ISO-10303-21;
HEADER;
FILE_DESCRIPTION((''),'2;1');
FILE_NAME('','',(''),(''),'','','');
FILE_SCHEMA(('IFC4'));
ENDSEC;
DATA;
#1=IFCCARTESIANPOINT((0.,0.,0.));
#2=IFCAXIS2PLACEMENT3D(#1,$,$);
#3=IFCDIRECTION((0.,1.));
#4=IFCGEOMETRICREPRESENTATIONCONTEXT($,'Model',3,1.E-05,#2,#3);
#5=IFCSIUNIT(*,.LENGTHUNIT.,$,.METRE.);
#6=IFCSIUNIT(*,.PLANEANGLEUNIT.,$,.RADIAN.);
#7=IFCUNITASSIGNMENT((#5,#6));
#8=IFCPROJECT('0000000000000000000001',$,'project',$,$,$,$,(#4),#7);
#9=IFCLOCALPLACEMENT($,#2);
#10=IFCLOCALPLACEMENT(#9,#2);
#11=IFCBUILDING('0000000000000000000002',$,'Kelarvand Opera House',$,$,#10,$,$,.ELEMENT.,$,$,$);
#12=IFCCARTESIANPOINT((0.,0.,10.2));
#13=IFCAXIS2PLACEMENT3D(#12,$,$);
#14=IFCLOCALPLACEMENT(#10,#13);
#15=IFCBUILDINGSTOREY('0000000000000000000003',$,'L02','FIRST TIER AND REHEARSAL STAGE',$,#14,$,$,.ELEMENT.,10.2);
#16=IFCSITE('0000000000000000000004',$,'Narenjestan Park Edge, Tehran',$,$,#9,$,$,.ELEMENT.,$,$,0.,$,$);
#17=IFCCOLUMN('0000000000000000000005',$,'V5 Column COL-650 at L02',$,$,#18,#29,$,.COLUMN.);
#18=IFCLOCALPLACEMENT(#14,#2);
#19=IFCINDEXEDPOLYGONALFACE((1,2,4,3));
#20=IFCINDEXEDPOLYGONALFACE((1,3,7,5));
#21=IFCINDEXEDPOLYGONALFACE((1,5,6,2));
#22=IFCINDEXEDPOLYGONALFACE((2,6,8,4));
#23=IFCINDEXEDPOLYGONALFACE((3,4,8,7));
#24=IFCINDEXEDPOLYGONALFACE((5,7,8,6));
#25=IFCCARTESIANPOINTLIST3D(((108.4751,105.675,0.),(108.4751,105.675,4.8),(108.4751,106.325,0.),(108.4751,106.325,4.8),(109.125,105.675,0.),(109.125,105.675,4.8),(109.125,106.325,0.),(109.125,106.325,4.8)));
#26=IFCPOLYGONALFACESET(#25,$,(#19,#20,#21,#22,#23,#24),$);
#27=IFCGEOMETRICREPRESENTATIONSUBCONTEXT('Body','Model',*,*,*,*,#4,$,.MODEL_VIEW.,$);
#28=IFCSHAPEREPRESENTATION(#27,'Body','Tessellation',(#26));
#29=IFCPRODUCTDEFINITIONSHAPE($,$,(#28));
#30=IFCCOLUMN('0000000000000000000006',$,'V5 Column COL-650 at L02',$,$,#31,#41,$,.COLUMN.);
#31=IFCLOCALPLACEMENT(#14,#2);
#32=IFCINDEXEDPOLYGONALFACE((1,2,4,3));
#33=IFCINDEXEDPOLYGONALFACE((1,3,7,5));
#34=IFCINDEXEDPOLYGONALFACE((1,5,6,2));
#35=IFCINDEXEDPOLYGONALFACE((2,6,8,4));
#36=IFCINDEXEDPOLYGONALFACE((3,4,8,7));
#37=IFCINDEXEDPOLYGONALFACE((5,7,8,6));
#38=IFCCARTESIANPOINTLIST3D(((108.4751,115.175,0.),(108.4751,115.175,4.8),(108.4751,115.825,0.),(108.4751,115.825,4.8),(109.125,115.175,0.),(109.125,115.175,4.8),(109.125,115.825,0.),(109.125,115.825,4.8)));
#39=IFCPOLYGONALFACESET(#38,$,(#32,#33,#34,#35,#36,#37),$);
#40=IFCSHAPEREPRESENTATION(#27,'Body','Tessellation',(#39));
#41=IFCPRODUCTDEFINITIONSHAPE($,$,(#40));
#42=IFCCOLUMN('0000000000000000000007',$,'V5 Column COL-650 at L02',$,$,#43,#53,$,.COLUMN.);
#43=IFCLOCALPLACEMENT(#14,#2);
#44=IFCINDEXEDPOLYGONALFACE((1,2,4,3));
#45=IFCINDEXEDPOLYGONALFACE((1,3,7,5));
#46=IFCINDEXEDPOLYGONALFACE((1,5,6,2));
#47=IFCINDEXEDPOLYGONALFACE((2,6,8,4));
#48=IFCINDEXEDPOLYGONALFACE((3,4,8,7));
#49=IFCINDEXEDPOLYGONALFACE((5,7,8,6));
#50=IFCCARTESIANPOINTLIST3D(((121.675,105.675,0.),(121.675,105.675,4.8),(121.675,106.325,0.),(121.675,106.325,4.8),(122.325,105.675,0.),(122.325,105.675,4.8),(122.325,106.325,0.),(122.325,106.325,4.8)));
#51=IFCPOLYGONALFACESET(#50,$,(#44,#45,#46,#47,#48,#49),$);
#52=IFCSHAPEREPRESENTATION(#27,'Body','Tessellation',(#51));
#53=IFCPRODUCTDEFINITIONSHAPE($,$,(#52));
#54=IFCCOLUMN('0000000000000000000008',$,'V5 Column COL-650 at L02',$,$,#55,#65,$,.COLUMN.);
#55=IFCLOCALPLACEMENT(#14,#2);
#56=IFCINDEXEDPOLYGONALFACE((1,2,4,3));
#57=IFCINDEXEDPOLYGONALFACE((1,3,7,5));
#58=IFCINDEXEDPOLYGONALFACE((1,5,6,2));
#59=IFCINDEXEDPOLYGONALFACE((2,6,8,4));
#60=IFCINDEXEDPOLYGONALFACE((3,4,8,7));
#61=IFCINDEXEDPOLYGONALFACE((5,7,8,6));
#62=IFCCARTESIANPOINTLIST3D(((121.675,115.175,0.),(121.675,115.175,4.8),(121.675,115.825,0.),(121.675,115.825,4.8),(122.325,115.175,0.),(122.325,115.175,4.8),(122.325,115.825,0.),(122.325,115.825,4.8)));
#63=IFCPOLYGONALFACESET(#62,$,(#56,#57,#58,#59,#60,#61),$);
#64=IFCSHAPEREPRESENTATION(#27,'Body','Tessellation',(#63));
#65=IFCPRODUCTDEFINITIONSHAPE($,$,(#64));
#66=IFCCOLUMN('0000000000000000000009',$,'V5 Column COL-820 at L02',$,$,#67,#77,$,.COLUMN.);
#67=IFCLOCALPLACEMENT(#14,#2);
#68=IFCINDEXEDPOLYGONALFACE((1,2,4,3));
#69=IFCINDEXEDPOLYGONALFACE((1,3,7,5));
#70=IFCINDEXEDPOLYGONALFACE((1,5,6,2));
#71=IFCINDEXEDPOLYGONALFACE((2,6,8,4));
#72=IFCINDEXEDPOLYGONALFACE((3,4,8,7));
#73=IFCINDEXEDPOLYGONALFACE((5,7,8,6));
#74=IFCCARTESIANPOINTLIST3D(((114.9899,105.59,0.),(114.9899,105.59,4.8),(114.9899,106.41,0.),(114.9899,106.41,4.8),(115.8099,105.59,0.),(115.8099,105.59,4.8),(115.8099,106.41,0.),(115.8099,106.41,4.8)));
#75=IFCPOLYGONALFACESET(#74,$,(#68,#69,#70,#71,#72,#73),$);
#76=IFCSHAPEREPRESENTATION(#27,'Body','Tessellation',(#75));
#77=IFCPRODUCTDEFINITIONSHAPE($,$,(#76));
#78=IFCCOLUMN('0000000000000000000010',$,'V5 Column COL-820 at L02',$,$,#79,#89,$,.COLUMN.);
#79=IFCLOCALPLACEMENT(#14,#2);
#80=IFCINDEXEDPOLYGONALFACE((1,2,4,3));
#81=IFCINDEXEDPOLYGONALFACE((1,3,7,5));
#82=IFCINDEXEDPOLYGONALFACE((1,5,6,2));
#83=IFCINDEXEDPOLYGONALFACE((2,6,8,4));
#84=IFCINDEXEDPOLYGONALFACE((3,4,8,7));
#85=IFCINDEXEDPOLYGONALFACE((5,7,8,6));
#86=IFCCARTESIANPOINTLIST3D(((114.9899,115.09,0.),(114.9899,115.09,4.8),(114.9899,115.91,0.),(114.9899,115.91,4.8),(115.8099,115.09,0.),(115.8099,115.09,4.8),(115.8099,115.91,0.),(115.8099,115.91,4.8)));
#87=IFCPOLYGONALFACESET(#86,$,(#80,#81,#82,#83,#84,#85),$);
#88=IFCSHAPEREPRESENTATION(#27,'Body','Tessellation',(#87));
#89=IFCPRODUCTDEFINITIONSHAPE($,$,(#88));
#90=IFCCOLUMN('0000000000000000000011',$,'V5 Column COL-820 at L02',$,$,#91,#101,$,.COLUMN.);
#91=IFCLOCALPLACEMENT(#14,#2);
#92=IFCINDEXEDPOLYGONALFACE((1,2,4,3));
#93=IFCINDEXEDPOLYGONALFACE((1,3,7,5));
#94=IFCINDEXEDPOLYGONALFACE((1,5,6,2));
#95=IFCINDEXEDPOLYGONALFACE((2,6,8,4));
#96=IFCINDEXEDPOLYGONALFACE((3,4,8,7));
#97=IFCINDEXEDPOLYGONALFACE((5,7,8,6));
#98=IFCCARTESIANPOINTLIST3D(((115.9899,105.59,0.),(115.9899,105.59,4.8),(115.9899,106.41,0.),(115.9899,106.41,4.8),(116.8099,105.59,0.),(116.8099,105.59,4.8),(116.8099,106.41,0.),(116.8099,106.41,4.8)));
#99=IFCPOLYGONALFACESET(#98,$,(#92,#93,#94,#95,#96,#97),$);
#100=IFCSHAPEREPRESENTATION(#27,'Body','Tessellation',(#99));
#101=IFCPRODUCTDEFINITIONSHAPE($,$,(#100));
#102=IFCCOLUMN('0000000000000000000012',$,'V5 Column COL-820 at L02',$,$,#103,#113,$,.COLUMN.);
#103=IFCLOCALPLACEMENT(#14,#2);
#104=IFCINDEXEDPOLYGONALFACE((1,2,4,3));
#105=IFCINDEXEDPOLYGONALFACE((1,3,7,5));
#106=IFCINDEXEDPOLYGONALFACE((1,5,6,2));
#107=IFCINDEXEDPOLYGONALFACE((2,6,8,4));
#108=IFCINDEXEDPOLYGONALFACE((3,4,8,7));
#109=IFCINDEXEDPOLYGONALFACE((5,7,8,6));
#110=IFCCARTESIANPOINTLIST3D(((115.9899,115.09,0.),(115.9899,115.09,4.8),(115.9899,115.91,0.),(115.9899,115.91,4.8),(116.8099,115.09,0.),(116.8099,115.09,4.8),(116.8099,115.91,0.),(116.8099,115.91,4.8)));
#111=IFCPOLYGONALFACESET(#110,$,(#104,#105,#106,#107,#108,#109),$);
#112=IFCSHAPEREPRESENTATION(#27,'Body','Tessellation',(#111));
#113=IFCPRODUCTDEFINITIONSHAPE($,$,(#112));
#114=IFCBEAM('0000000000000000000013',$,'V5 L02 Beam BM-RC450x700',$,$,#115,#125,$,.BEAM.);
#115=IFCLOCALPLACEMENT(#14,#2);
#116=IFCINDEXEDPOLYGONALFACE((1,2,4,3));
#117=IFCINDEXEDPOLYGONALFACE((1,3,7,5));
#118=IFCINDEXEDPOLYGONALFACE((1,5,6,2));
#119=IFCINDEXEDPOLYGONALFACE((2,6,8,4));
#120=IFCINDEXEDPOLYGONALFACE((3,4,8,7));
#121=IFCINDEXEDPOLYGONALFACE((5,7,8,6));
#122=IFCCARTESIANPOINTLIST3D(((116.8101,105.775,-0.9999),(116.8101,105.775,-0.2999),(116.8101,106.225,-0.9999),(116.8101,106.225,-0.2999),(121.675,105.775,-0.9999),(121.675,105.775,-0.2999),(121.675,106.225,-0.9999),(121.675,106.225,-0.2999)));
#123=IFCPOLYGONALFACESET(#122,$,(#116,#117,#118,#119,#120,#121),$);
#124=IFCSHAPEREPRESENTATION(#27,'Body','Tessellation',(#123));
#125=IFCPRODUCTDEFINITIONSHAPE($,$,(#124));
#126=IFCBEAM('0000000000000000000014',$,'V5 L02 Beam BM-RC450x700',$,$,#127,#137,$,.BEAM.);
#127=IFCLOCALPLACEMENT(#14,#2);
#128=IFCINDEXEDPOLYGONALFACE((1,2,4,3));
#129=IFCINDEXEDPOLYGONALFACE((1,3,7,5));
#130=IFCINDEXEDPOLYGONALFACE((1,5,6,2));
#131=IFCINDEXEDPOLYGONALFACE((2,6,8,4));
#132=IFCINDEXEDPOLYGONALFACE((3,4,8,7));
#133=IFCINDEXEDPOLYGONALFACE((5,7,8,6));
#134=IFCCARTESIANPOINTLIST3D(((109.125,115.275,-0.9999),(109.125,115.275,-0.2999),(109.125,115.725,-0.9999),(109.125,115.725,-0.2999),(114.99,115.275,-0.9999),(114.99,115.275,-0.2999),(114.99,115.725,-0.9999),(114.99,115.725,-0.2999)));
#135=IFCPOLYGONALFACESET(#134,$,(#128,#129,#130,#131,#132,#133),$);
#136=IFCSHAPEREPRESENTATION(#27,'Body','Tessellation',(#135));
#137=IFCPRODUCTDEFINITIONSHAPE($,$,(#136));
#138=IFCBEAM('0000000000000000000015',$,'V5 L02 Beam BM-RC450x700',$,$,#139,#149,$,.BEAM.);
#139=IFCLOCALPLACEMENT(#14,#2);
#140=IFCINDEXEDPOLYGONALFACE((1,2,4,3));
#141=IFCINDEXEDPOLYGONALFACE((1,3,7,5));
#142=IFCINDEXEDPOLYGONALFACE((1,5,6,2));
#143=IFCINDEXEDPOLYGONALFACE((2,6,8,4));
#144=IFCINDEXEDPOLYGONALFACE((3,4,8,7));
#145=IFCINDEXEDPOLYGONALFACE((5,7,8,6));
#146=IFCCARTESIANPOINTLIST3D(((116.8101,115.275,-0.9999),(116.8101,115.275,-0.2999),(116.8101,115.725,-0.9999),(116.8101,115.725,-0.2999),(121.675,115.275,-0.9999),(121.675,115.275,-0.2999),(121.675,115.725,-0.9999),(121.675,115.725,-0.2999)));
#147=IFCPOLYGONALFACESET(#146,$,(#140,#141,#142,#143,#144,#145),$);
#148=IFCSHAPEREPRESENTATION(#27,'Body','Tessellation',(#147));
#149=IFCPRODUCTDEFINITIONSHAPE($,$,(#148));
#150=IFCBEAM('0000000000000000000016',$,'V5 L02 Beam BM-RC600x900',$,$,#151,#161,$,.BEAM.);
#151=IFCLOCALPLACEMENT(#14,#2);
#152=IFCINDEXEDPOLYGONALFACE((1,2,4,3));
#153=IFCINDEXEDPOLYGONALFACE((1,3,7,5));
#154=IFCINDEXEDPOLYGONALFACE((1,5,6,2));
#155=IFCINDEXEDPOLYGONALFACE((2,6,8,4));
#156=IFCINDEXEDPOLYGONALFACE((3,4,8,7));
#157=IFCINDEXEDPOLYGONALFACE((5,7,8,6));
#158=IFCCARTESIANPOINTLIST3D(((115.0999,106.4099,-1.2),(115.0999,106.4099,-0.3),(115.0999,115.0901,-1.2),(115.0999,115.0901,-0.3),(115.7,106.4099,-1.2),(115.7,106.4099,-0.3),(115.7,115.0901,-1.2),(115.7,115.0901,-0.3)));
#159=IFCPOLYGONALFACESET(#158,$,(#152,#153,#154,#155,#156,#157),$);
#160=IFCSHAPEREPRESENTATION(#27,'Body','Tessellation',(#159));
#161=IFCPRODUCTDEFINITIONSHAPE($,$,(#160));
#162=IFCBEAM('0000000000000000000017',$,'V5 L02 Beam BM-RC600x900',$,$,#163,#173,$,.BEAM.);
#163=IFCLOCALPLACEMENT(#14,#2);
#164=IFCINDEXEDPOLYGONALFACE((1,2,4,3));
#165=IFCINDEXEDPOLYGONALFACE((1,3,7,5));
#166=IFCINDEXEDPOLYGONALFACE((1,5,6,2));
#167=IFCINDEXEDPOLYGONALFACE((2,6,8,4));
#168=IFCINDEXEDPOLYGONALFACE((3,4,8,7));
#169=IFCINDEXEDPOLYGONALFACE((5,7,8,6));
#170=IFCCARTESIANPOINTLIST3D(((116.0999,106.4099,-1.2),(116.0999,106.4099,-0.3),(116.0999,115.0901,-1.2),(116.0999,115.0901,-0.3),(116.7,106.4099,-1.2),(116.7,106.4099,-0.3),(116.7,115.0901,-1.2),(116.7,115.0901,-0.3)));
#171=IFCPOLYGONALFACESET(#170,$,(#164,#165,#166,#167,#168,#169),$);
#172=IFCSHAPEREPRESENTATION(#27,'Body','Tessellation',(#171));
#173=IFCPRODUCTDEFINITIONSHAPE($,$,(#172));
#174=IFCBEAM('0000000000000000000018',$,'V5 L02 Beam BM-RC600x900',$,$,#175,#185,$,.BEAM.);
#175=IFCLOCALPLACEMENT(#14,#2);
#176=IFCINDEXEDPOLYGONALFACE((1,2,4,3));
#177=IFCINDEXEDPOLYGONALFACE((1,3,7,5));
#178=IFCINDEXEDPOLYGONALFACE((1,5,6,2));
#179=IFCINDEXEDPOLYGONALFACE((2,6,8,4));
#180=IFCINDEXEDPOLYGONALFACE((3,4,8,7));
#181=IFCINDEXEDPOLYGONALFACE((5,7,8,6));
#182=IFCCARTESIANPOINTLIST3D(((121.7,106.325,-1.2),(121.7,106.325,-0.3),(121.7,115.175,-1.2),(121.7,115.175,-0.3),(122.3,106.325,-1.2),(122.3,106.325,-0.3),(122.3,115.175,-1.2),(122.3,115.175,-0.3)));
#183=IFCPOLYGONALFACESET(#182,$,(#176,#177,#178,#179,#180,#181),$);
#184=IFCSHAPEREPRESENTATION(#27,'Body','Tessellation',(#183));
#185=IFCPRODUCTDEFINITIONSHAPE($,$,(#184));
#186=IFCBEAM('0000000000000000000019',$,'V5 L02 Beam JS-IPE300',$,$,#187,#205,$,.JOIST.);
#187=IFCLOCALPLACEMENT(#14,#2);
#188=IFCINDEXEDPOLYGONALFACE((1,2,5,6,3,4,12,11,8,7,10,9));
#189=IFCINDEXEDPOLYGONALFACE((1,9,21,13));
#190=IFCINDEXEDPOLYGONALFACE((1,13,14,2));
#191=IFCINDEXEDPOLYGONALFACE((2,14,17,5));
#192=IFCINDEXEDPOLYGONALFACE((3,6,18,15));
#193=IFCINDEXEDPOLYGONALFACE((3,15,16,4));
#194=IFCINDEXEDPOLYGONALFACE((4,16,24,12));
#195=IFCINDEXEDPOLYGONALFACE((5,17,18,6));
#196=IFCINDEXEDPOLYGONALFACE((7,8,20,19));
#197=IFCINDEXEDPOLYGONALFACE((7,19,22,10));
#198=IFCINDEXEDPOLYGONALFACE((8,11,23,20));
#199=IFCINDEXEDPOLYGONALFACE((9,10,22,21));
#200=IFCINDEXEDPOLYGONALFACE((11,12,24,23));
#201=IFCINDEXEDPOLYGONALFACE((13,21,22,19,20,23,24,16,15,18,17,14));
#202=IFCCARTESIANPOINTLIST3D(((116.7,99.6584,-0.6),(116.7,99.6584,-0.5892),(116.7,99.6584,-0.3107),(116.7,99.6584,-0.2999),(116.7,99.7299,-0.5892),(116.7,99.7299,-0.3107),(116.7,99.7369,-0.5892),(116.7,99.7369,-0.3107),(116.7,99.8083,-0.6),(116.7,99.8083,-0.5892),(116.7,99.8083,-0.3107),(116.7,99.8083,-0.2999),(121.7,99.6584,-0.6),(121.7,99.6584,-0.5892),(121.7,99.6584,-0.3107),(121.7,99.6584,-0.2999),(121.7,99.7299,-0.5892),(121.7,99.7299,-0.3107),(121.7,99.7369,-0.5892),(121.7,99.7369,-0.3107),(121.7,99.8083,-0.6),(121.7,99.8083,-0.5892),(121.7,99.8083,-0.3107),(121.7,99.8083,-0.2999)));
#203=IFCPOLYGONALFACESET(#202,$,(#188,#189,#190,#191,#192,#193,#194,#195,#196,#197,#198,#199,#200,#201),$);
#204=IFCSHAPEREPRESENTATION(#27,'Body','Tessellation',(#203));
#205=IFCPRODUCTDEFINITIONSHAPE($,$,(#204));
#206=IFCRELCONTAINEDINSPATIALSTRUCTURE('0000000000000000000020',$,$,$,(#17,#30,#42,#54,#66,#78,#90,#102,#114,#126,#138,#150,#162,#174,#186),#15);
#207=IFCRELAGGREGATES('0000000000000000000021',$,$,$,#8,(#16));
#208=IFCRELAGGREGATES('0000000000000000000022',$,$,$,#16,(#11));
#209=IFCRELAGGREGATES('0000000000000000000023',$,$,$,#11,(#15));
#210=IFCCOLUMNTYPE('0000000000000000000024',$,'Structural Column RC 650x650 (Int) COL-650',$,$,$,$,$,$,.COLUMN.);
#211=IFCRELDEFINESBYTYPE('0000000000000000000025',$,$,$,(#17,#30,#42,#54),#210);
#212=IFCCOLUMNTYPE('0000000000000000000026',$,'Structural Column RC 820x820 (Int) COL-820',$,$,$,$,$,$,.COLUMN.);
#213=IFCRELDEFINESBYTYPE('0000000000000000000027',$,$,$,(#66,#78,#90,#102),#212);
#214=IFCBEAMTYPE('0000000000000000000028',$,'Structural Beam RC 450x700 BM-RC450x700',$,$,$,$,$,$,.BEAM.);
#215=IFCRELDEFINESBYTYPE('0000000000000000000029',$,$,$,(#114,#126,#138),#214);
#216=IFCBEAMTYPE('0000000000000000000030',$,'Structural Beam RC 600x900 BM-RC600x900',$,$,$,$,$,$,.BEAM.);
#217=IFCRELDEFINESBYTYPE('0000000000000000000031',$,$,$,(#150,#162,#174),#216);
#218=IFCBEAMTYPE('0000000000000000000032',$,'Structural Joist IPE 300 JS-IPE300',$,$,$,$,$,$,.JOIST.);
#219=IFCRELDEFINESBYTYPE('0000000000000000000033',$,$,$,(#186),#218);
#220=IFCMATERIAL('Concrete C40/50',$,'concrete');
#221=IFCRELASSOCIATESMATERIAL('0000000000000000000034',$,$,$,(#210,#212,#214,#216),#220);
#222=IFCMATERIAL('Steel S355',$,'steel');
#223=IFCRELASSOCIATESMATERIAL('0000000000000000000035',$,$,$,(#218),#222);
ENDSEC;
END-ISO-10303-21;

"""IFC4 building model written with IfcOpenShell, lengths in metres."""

from ifc_helpers import new_model, si_unit, direction, frame, origin, origin_2d, place, context, subcontext, project, spatial, rectangle, i_section, extrude, material, material_profile, profile_set, type_object, element, save


model = new_model("IFC4")

# Units and contexts
model_context = context("Model", 3, precision=1e-05, world=origin(), true_north=direction((0.0, 1.0)))
body_context = subcontext(model_context, "Body", "Model", "MODEL_VIEW")
ifc_project = project(units=[si_unit("LENGTHUNIT", "METRE"), si_unit("PLANEANGLEUNIT", "RADIAN")], contexts=[model_context])

# Site, building, storey
site_placement = place(None, origin())
site = spatial("IfcSite", under=ifc_project, at=site_placement, Name="Narenjestan Park Edge, Tehran", CompositionType="ELEMENT", RefElevation=0.0)
building_placement = place(site_placement, origin())
building = spatial("IfcBuilding", under=site, at=building_placement, Name="Kelarvand Opera House", CompositionType="ELEMENT")
storey_placement = place(building_placement, frame((0.0, 0.0, 10.2)))
storey = spatial("IfcBuildingStorey", under=building, at=storey_placement, Name="L02", Description="FIRST TIER AND REHEARSAL STAGE", CompositionType="ELEMENT", Elevation=10.2)

# Columns
ifc_material_1 = material(Name="Concrete C40/50", Category="concrete")
ifc_material_profile_1 = material_profile(ifc_material_1, rectangle(XDim=0.6499, YDim=0.6499, at=origin_2d()), Name="RC 650x650", Category="concrete")
ifc_profile_set_1 = profile_set([ifc_material_profile_1], Name="Concrete C40/50")
column_type_1 = type_object("IfcColumnType", Name="Structural Column RC 650x650 (Int) COL-650", PredefinedType="COLUMN", material=ifc_profile_set_1)
for number, where, z_axis, x_axis, name in (
    (1, (108.8, 106.0, 0.0), (0.0, 0.0, 1.0), (1.0, 0.0, 0.0), "V5 Column COL-650 at L02"),
    (2, (108.8, 115.5, 0.0), (0.0, 0.0, 1.0), (1.0, 0.0, 0.0), "V5 Column COL-650 at L02"),
    (3, (122.0, 106.0, 0.0), (0.0, 0.0, 1.0), (1.0, 0.0, 0.0), "V5 Column COL-650 at L02"),
    (4, (122.0, 115.5, 0.0), (0.0, 0.0, 1.0), (1.0, 0.0, 0.0), "V5 Column COL-650 at L02"),
):
    element("IfcColumn", number, at=place(storey_placement, frame(where, z_axis=z_axis, x_axis=x_axis)), inside=storey, type_object=column_type_1, Name=name, PredefinedType="COLUMN", context=body_context, shape_type="SweptSolid", body=[
        extrude(rectangle(XDim=0.6499, YDim=0.6499, at=origin_2d()), origin(), (0.0, 0.0, 1.0), 4.8),
    ])
ifc_material_profile_2 = material_profile(ifc_material_1, rectangle(XDim=0.8201, YDim=0.8201, at=origin_2d()), Name="RC 820x820", Category="concrete")
ifc_profile_set_2 = profile_set([ifc_material_profile_2], Name="Concrete C40/50")
column_type_2 = type_object("IfcColumnType", Name="Structural Column RC 820x820 (Int) COL-820", PredefinedType="COLUMN", material=ifc_profile_set_2)
for number, where, z_axis, x_axis, name in (
    (5, (115.3999, 106.0, 0.0), (0.0, 0.0, 1.0), (1.0, 0.0, 0.0), "V5 Column COL-820 at L02"),
    (6, (115.3999, 115.5, 0.0), (0.0, 0.0, 1.0), (1.0, 0.0, 0.0), "V5 Column COL-820 at L02"),
    (7, (116.3999, 106.0, 0.0), (0.0, 0.0, 1.0), (1.0, 0.0, 0.0), "V5 Column COL-820 at L02"),
    (8, (116.3999, 115.5, 0.0), (0.0, 0.0, 1.0), (1.0, 0.0, 0.0), "V5 Column COL-820 at L02"),
):
    element("IfcColumn", number, at=place(storey_placement, frame(where, z_axis=z_axis, x_axis=x_axis)), inside=storey, type_object=column_type_2, Name=name, PredefinedType="COLUMN", context=body_context, shape_type="SweptSolid", body=[
        extrude(rectangle(XDim=0.8201, YDim=0.8201, at=origin_2d()), origin(), (0.0, 0.0, 1.0), 4.8),
    ])

# Beams
ifc_material_profile_3 = material_profile(ifc_material_1, rectangle(XDim=0.45, YDim=0.7, at=origin_2d()), Name="RC 450x700", Category="concrete")
ifc_profile_set_3 = profile_set([ifc_material_profile_3], Name="Concrete C40/50")
beam_type_1 = type_object("IfcBeamType", Name="Structural Beam RC 450x700 BM-RC450x700", PredefinedType="BEAM", material=ifc_profile_set_3)
beam_1_placement = place(storey_placement, frame((116.8101, 106.0, -0.6499), z_axis=(1.0, 0.0, 0.0), x_axis=(0.0, 1.0, 0.0)))
element("IfcBeam", 9, at=beam_1_placement, inside=storey, type_object=beam_type_1, Name="V5 L02 Beam BM-RC450x700", PredefinedType="BEAM", context=body_context, shape_type="SweptSolid", body=[
    extrude(rectangle(XDim=0.45, YDim=0.7, at=origin_2d()), origin(), (0.0, 0.0, 1.0), 4.865),
])
beam_2_placement = place(storey_placement, frame((109.125, 115.5, -0.6499), z_axis=(1.0, 0.0, 0.0), x_axis=(0.0, 1.0, 0.0)))
element("IfcBeam", 10, at=beam_2_placement, inside=storey, type_object=beam_type_1, Name="V5 L02 Beam BM-RC450x700", PredefinedType="BEAM", context=body_context, shape_type="SweptSolid", body=[
    extrude(rectangle(XDim=0.45, YDim=0.7, at=origin_2d()), origin(), (0.0, 0.0, 1.0), 5.865),
])
beam_3_placement = place(storey_placement, frame((116.8101, 115.5, -0.6499), z_axis=(1.0, 0.0, 0.0), x_axis=(0.0, 1.0, 0.0)))
element("IfcBeam", 11, at=beam_3_placement, inside=storey, type_object=beam_type_1, Name="V5 L02 Beam BM-RC450x700", PredefinedType="BEAM", context=body_context, shape_type="SweptSolid", body=[
    extrude(rectangle(XDim=0.45, YDim=0.7, at=origin_2d()), origin(), (0.0, 0.0, 1.0), 4.865),
])
ifc_material_profile_4 = material_profile(ifc_material_1, rectangle(XDim=0.6001, YDim=0.8999, at=origin_2d()), Name="RC 600x900", Category="concrete")
ifc_profile_set_4 = profile_set([ifc_material_profile_4], Name="Concrete C40/50")
beam_type_2 = type_object("IfcBeamType", Name="Structural Beam RC 600x900 BM-RC600x900", PredefinedType="BEAM", material=ifc_profile_set_4)
for number, where, z_axis, x_axis, name in (
    (12, (115.3999, 106.4099, -0.75), (0.0, 1.0, 0.0), (-1.0, 0.0, 0.0), "V5 L02 Beam BM-RC600x900"),
    (13, (116.3999, 106.4099, -0.75), (0.0, 1.0, 0.0), (-1.0, 0.0, 0.0), "V5 L02 Beam BM-RC600x900"),
):
    element("IfcBeam", number, at=place(storey_placement, frame(where, z_axis=z_axis, x_axis=x_axis)), inside=storey, type_object=beam_type_2, Name=name, PredefinedType="BEAM", context=body_context, shape_type="SweptSolid", body=[
        extrude(rectangle(XDim=0.6001, YDim=0.8999, at=origin_2d()), origin(), (0.0, 0.0, 1.0), 8.6802),
    ])
beam_4_placement = place(storey_placement, frame((122.0, 106.325, -0.75), z_axis=(0.0, 1.0, 0.0), x_axis=(-1.0, 0.0, 0.0)))
element("IfcBeam", 14, at=beam_4_placement, inside=storey, type_object=beam_type_2, Name="V5 L02 Beam BM-RC600x900", PredefinedType="BEAM", context=body_context, shape_type="SweptSolid", body=[
    extrude(rectangle(XDim=0.6001, YDim=0.8999, at=origin_2d()), origin(), (0.0, 0.0, 1.0), 8.8501),
])
ifc_material_2 = material(Name="Steel S355", Category="steel")
ifc_material_profile_5 = material_profile(ifc_material_2, i_section(OverallWidth=0.1499, OverallDepth=0.3, WebThickness=0.0071, FlangeThickness=0.0107, at=origin_2d()), Name="IPE 300", Category="steel")
ifc_profile_set_5 = profile_set([ifc_material_profile_5], Name="Steel S355")
beam_type_3 = type_object("IfcBeamType", Name="Structural Joist IPE 300 JS-IPE300", PredefinedType="JOIST", material=ifc_profile_set_5)
for number, where, z_axis, x_axis, name in (
    (15, (116.7, 99.7334, -0.45), (1.0, 0.0, 0.0), (0.0, 1.0, 0.0), "V5 L02 Beam JS-IPE300"),
):
    element("IfcBeam", number, at=place(storey_placement, frame(where, z_axis=z_axis, x_axis=x_axis)), inside=storey, type_object=beam_type_3, Name=name, PredefinedType="JOIST", context=body_context, shape_type="SweptSolid", body=[
        extrude(i_section(OverallWidth=0.1499, OverallDepth=0.3, WebThickness=0.0071, FlangeThickness=0.0107, at=origin_2d()), origin(), (0.0, 0.0, 1.0), 5.0),
    ])

save(model, "model.ifc")
